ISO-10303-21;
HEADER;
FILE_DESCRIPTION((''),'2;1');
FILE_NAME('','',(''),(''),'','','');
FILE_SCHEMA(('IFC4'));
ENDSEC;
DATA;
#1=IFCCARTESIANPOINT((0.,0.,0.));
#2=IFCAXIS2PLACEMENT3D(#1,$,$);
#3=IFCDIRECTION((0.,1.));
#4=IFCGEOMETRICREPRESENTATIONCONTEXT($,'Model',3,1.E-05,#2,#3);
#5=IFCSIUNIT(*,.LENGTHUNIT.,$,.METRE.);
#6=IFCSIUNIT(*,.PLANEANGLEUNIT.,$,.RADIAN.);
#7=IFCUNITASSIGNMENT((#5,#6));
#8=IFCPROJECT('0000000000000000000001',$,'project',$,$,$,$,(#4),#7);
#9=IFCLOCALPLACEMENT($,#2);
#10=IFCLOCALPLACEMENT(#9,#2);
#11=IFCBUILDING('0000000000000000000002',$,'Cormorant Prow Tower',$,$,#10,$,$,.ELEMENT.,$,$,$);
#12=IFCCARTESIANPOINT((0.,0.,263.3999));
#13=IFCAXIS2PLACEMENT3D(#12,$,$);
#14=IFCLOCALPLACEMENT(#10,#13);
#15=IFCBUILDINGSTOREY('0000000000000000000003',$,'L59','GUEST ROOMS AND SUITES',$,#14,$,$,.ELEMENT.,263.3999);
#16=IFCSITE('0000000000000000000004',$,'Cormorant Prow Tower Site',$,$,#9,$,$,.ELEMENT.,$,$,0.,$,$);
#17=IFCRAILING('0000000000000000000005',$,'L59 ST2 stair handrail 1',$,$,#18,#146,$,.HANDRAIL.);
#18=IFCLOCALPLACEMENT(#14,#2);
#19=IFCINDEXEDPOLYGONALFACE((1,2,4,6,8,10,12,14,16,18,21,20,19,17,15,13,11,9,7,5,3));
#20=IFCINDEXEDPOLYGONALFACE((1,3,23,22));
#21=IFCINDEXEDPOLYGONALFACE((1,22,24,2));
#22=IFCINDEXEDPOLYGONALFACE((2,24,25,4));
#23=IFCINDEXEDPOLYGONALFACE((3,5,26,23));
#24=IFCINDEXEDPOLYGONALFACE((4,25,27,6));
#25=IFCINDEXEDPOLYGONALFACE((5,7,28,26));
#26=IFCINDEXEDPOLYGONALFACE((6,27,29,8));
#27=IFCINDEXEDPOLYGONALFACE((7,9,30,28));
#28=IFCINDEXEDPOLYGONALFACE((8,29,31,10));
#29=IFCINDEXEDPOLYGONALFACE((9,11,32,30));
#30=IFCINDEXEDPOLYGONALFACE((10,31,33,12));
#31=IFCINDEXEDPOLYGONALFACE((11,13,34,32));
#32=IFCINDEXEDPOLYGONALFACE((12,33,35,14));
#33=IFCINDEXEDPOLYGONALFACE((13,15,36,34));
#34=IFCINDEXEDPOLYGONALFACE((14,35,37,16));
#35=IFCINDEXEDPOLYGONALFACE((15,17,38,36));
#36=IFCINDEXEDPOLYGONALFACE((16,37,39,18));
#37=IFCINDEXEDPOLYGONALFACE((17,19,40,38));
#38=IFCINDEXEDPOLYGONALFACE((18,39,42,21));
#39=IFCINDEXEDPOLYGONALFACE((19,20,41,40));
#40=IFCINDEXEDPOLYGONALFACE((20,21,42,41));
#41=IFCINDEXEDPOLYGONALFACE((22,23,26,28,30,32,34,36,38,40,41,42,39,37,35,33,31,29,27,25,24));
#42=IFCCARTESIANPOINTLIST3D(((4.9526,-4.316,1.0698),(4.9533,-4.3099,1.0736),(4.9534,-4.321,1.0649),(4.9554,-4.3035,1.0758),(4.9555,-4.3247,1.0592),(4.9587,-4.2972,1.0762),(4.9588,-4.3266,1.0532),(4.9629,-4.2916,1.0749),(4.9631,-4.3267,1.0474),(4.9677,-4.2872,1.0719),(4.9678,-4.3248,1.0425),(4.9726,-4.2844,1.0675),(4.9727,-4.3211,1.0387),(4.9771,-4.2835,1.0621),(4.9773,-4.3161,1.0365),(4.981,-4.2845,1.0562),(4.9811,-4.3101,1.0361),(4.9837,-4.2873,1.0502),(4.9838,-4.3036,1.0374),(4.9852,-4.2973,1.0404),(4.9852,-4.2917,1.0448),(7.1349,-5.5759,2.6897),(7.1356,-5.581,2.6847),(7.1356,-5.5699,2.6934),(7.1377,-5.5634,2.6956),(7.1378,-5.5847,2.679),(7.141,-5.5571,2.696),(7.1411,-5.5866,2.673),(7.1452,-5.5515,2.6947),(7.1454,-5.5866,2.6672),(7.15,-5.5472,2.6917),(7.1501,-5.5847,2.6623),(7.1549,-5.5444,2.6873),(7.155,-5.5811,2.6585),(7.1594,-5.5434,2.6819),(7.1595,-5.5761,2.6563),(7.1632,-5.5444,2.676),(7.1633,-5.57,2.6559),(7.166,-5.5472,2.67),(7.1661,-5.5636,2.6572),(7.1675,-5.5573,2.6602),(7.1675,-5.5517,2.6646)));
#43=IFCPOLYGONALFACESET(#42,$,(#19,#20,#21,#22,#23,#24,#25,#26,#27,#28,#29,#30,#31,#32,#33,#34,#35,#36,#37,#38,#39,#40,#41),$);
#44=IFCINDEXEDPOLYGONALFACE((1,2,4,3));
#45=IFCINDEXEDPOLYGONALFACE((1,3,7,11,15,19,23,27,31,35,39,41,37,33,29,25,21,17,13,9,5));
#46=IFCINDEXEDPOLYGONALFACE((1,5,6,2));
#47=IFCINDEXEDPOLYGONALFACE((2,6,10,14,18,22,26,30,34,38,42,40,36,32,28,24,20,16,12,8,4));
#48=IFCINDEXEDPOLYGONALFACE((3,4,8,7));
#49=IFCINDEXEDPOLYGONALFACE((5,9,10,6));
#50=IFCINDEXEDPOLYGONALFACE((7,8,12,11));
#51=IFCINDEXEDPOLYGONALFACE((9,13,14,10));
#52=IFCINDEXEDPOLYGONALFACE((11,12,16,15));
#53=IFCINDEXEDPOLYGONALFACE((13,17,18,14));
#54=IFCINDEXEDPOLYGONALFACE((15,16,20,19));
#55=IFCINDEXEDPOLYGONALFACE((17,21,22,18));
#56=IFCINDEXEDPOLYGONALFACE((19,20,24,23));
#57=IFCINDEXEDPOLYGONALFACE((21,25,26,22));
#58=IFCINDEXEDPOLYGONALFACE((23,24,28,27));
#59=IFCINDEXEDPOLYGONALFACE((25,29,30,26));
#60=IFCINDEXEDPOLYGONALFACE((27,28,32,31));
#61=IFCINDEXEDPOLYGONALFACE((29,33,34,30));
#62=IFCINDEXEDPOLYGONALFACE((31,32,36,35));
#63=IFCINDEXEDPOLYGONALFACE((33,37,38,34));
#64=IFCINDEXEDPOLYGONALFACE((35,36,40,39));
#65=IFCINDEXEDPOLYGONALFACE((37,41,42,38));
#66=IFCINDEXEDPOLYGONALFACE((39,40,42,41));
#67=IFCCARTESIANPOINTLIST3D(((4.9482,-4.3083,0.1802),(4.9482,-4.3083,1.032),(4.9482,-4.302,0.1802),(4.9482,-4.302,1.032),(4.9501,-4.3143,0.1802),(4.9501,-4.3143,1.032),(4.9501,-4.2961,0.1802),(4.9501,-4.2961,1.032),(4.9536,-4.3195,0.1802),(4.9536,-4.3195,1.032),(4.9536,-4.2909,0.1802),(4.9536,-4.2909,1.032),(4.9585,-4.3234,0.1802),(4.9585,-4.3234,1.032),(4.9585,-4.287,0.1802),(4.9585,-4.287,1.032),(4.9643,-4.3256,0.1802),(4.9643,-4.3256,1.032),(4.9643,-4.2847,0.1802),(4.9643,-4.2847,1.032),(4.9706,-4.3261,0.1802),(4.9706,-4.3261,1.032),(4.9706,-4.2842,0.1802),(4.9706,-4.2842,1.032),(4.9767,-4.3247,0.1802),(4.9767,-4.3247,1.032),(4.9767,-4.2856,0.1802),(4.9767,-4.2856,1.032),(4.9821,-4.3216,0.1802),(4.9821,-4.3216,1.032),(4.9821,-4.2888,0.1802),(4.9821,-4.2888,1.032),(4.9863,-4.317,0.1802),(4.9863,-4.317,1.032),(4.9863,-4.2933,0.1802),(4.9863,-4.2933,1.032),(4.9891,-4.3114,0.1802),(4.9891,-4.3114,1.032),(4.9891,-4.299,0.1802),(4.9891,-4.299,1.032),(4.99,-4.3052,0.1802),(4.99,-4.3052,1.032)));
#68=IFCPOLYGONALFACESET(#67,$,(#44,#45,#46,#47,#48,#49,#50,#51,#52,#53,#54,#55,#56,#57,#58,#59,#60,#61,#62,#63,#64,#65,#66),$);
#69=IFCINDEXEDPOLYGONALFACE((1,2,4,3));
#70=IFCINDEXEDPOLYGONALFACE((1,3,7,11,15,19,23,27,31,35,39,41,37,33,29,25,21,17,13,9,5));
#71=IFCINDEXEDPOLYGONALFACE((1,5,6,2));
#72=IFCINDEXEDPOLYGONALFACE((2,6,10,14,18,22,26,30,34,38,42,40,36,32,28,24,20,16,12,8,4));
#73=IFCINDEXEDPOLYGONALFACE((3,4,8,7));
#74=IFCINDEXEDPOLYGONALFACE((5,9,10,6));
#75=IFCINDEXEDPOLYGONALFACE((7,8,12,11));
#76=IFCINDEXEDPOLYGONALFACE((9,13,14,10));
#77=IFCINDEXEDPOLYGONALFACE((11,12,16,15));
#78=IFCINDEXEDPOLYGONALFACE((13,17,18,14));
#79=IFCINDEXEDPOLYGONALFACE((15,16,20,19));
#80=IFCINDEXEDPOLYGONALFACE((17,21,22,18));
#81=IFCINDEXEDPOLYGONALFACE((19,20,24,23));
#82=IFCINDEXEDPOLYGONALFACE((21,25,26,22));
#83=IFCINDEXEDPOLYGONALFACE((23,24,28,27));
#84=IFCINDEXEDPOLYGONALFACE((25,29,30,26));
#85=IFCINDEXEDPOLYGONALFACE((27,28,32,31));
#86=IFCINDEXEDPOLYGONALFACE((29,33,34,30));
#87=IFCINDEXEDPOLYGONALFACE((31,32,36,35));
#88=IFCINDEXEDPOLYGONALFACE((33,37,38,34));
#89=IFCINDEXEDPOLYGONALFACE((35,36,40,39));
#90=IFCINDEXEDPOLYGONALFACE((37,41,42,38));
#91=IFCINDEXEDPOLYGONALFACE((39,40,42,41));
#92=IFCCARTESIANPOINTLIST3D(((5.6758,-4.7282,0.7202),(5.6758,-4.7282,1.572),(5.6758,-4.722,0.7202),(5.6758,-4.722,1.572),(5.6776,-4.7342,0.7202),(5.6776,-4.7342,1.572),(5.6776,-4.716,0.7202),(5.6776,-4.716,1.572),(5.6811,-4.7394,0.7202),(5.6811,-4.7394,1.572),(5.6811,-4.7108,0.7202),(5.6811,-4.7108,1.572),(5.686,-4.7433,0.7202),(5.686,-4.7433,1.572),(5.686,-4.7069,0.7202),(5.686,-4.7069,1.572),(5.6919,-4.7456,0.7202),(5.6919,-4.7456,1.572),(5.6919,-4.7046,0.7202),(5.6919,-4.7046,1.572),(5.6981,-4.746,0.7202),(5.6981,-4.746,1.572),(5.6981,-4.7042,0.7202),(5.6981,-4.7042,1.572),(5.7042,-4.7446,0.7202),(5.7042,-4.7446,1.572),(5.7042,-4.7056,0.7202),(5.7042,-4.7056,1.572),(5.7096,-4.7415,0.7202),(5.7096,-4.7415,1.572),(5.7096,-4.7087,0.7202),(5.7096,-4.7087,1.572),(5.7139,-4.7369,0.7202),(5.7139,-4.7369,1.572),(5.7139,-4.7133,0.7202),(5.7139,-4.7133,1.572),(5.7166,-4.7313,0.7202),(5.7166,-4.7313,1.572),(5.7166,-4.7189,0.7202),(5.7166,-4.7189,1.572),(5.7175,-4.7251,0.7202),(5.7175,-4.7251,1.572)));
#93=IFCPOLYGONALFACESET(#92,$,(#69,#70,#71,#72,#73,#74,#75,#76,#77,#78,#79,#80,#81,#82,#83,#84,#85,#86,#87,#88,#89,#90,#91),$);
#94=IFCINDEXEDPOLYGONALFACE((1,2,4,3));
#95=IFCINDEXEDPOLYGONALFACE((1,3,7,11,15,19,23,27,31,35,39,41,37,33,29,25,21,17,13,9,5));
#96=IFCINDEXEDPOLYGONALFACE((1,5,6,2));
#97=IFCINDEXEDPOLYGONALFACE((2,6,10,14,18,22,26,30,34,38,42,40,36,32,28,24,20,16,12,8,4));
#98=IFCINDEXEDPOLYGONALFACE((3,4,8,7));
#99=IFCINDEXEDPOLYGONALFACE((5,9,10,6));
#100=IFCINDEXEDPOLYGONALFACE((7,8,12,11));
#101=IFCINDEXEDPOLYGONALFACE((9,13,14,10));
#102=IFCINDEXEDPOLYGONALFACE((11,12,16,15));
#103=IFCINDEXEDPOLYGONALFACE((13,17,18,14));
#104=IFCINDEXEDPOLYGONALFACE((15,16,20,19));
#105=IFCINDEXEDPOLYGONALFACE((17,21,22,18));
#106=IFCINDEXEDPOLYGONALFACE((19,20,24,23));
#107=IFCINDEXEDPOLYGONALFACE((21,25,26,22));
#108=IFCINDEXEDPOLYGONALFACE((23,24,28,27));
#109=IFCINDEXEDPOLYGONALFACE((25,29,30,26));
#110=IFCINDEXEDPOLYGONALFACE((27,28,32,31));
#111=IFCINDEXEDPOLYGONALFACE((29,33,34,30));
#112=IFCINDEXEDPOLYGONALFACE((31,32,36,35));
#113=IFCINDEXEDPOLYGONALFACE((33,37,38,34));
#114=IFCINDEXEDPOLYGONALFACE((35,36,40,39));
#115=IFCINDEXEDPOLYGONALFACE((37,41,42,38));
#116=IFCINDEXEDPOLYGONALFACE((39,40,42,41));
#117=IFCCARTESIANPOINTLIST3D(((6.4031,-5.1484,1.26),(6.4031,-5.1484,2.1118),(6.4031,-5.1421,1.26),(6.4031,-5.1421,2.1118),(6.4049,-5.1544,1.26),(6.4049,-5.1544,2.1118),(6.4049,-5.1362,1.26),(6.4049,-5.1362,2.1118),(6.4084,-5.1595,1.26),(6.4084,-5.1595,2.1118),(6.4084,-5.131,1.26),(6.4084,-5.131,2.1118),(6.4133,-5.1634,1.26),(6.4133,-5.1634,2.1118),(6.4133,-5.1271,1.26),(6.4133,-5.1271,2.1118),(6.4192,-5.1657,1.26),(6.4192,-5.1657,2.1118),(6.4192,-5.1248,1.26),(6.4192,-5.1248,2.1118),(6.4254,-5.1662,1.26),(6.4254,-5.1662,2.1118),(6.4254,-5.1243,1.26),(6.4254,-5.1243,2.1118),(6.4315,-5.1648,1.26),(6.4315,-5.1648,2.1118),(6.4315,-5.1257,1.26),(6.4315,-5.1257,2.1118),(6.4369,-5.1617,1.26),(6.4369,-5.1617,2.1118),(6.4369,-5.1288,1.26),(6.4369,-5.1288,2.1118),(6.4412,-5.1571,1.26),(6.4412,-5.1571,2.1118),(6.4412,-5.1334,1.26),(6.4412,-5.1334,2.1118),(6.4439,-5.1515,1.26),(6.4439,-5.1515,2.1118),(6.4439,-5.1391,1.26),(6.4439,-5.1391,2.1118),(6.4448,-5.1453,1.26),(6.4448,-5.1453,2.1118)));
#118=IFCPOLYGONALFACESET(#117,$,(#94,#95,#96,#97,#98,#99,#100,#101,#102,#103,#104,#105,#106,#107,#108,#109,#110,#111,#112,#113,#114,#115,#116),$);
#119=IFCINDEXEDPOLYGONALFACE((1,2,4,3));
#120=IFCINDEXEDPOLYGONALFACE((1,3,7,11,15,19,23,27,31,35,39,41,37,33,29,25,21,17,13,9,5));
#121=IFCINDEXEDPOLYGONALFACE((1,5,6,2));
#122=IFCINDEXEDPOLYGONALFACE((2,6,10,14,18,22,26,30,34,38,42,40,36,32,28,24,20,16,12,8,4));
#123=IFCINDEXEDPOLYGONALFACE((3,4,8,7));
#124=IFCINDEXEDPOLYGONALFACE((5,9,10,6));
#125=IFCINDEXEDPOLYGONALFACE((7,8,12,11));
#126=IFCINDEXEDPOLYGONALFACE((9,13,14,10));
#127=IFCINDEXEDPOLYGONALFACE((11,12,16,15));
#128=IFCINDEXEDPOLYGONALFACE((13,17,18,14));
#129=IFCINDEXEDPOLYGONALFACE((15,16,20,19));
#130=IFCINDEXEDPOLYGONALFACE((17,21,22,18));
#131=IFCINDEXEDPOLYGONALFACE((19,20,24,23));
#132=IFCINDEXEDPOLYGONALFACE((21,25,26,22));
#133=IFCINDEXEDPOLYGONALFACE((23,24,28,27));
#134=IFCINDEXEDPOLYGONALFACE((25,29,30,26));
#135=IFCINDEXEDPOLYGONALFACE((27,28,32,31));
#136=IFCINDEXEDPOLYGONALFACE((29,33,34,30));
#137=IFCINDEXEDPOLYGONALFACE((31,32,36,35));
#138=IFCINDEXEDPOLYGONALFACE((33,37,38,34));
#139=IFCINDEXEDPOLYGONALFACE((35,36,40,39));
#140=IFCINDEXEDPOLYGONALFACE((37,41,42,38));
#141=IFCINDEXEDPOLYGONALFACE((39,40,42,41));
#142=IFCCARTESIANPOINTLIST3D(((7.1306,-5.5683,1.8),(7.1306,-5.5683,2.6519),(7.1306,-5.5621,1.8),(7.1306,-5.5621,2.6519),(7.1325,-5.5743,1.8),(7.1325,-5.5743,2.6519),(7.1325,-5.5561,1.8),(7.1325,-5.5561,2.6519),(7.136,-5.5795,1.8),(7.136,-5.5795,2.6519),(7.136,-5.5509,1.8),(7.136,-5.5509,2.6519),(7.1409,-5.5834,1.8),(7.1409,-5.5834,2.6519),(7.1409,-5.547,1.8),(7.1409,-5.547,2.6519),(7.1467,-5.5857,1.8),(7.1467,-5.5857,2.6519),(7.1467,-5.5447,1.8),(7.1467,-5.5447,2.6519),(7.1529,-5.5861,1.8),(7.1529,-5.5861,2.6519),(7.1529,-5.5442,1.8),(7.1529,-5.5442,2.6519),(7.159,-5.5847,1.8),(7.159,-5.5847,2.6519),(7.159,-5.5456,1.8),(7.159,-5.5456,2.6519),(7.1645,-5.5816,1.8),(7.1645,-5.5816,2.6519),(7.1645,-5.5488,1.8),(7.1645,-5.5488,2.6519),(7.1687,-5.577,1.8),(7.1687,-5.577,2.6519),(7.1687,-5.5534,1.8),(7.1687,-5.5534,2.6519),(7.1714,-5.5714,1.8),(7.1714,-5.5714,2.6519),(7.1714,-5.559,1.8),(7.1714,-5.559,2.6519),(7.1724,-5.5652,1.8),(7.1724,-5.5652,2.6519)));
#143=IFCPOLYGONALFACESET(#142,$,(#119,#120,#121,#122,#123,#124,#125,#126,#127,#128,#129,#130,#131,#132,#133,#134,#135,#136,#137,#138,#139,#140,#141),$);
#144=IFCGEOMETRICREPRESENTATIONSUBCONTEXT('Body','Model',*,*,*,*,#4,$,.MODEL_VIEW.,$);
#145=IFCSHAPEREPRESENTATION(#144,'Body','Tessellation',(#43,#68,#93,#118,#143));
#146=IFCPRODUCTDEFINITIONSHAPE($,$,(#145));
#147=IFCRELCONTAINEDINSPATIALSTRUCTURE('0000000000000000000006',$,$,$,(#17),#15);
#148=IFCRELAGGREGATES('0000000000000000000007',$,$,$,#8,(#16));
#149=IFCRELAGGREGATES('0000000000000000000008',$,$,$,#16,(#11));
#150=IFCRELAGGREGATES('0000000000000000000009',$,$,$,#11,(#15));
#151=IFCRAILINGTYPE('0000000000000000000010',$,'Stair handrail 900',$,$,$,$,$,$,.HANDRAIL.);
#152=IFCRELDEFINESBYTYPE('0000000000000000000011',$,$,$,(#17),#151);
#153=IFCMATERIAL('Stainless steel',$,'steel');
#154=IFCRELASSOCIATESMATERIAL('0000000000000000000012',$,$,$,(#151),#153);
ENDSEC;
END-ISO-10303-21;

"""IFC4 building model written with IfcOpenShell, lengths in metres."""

from ifc_helpers import new_model, si_unit, direction, frame, origin, origin_2d, place, context, subcontext, project, spatial, circle, extrude, material, type_object, element, save


model = new_model("IFC4")

# Units and contexts
model_context = context("Model", 3, precision=1e-05, world=origin(), true_north=direction((0.0, 1.0)))
body_context = subcontext(model_context, "Body", "Model", "MODEL_VIEW")
ifc_project = project(units=[si_unit("LENGTHUNIT", "METRE"), si_unit("PLANEANGLEUNIT", "RADIAN")], contexts=[model_context])

# Site, building, storey
site_placement = place(None, origin())
site = spatial("IfcSite", under=ifc_project, at=site_placement, Name="Cormorant Prow Tower Site", CompositionType="ELEMENT", RefElevation=0.0)
building_placement = place(site_placement, origin())
building = spatial("IfcBuilding", under=site, at=building_placement, Name="Cormorant Prow Tower", CompositionType="ELEMENT")
storey_placement = place(building_placement, frame((0.0, 0.0, 263.3999)))
storey = spatial("IfcBuildingStorey", under=building, at=storey_placement, Name="L59", Description="GUEST ROOMS AND SUITES", CompositionType="ELEMENT", Elevation=263.3999)

# Railing
ifc_material_1 = material(Name="Stainless steel", Category="steel")
railing_type_1 = type_object("IfcRailingType", Name="Stair handrail 900", PredefinedType="HANDRAIL", material=ifc_material_1)
railing_1_placement = place(storey_placement, frame((4.969, -4.3052, 0.1802)))
element("IfcRailing", 1, at=railing_1_placement, inside=storey, type_object=railing_type_1, Name="L59 ST2 stair handrail 1", PredefinedType="HANDRAIL", context=body_context, shape_type="SweptSolid", body=[
    extrude(circle(Radius=0.0239, at=origin_2d()), frame((0.0, 0.0, 0.876), z_axis=(0.728496, -0.420603, 0.540728), x_axis=(0.500005, 0.866023, 0.0)), (0.0, 0.0, 1.0), 2.9956),
    extrude(circle(Radius=0.021, at=origin_2d()), origin(), (0.0, 0.0, 1.0), 0.8518),
    extrude(circle(Radius=0.021, at=origin_2d()), frame((0.7275, -0.4199, 0.54)), (0.0, 0.0, 1.0), 0.8518),
    extrude(circle(Radius=0.021, at=origin_2d()), frame((1.4548, -0.8401, 1.0798)), (0.0, 0.0, 1.0), 0.8518),
    extrude(circle(Radius=0.021, at=origin_2d()), frame((2.1824, -1.26, 1.6199)), (0.0, 0.0, 1.0), 0.8518),
])

save(model, "model.ifc")
